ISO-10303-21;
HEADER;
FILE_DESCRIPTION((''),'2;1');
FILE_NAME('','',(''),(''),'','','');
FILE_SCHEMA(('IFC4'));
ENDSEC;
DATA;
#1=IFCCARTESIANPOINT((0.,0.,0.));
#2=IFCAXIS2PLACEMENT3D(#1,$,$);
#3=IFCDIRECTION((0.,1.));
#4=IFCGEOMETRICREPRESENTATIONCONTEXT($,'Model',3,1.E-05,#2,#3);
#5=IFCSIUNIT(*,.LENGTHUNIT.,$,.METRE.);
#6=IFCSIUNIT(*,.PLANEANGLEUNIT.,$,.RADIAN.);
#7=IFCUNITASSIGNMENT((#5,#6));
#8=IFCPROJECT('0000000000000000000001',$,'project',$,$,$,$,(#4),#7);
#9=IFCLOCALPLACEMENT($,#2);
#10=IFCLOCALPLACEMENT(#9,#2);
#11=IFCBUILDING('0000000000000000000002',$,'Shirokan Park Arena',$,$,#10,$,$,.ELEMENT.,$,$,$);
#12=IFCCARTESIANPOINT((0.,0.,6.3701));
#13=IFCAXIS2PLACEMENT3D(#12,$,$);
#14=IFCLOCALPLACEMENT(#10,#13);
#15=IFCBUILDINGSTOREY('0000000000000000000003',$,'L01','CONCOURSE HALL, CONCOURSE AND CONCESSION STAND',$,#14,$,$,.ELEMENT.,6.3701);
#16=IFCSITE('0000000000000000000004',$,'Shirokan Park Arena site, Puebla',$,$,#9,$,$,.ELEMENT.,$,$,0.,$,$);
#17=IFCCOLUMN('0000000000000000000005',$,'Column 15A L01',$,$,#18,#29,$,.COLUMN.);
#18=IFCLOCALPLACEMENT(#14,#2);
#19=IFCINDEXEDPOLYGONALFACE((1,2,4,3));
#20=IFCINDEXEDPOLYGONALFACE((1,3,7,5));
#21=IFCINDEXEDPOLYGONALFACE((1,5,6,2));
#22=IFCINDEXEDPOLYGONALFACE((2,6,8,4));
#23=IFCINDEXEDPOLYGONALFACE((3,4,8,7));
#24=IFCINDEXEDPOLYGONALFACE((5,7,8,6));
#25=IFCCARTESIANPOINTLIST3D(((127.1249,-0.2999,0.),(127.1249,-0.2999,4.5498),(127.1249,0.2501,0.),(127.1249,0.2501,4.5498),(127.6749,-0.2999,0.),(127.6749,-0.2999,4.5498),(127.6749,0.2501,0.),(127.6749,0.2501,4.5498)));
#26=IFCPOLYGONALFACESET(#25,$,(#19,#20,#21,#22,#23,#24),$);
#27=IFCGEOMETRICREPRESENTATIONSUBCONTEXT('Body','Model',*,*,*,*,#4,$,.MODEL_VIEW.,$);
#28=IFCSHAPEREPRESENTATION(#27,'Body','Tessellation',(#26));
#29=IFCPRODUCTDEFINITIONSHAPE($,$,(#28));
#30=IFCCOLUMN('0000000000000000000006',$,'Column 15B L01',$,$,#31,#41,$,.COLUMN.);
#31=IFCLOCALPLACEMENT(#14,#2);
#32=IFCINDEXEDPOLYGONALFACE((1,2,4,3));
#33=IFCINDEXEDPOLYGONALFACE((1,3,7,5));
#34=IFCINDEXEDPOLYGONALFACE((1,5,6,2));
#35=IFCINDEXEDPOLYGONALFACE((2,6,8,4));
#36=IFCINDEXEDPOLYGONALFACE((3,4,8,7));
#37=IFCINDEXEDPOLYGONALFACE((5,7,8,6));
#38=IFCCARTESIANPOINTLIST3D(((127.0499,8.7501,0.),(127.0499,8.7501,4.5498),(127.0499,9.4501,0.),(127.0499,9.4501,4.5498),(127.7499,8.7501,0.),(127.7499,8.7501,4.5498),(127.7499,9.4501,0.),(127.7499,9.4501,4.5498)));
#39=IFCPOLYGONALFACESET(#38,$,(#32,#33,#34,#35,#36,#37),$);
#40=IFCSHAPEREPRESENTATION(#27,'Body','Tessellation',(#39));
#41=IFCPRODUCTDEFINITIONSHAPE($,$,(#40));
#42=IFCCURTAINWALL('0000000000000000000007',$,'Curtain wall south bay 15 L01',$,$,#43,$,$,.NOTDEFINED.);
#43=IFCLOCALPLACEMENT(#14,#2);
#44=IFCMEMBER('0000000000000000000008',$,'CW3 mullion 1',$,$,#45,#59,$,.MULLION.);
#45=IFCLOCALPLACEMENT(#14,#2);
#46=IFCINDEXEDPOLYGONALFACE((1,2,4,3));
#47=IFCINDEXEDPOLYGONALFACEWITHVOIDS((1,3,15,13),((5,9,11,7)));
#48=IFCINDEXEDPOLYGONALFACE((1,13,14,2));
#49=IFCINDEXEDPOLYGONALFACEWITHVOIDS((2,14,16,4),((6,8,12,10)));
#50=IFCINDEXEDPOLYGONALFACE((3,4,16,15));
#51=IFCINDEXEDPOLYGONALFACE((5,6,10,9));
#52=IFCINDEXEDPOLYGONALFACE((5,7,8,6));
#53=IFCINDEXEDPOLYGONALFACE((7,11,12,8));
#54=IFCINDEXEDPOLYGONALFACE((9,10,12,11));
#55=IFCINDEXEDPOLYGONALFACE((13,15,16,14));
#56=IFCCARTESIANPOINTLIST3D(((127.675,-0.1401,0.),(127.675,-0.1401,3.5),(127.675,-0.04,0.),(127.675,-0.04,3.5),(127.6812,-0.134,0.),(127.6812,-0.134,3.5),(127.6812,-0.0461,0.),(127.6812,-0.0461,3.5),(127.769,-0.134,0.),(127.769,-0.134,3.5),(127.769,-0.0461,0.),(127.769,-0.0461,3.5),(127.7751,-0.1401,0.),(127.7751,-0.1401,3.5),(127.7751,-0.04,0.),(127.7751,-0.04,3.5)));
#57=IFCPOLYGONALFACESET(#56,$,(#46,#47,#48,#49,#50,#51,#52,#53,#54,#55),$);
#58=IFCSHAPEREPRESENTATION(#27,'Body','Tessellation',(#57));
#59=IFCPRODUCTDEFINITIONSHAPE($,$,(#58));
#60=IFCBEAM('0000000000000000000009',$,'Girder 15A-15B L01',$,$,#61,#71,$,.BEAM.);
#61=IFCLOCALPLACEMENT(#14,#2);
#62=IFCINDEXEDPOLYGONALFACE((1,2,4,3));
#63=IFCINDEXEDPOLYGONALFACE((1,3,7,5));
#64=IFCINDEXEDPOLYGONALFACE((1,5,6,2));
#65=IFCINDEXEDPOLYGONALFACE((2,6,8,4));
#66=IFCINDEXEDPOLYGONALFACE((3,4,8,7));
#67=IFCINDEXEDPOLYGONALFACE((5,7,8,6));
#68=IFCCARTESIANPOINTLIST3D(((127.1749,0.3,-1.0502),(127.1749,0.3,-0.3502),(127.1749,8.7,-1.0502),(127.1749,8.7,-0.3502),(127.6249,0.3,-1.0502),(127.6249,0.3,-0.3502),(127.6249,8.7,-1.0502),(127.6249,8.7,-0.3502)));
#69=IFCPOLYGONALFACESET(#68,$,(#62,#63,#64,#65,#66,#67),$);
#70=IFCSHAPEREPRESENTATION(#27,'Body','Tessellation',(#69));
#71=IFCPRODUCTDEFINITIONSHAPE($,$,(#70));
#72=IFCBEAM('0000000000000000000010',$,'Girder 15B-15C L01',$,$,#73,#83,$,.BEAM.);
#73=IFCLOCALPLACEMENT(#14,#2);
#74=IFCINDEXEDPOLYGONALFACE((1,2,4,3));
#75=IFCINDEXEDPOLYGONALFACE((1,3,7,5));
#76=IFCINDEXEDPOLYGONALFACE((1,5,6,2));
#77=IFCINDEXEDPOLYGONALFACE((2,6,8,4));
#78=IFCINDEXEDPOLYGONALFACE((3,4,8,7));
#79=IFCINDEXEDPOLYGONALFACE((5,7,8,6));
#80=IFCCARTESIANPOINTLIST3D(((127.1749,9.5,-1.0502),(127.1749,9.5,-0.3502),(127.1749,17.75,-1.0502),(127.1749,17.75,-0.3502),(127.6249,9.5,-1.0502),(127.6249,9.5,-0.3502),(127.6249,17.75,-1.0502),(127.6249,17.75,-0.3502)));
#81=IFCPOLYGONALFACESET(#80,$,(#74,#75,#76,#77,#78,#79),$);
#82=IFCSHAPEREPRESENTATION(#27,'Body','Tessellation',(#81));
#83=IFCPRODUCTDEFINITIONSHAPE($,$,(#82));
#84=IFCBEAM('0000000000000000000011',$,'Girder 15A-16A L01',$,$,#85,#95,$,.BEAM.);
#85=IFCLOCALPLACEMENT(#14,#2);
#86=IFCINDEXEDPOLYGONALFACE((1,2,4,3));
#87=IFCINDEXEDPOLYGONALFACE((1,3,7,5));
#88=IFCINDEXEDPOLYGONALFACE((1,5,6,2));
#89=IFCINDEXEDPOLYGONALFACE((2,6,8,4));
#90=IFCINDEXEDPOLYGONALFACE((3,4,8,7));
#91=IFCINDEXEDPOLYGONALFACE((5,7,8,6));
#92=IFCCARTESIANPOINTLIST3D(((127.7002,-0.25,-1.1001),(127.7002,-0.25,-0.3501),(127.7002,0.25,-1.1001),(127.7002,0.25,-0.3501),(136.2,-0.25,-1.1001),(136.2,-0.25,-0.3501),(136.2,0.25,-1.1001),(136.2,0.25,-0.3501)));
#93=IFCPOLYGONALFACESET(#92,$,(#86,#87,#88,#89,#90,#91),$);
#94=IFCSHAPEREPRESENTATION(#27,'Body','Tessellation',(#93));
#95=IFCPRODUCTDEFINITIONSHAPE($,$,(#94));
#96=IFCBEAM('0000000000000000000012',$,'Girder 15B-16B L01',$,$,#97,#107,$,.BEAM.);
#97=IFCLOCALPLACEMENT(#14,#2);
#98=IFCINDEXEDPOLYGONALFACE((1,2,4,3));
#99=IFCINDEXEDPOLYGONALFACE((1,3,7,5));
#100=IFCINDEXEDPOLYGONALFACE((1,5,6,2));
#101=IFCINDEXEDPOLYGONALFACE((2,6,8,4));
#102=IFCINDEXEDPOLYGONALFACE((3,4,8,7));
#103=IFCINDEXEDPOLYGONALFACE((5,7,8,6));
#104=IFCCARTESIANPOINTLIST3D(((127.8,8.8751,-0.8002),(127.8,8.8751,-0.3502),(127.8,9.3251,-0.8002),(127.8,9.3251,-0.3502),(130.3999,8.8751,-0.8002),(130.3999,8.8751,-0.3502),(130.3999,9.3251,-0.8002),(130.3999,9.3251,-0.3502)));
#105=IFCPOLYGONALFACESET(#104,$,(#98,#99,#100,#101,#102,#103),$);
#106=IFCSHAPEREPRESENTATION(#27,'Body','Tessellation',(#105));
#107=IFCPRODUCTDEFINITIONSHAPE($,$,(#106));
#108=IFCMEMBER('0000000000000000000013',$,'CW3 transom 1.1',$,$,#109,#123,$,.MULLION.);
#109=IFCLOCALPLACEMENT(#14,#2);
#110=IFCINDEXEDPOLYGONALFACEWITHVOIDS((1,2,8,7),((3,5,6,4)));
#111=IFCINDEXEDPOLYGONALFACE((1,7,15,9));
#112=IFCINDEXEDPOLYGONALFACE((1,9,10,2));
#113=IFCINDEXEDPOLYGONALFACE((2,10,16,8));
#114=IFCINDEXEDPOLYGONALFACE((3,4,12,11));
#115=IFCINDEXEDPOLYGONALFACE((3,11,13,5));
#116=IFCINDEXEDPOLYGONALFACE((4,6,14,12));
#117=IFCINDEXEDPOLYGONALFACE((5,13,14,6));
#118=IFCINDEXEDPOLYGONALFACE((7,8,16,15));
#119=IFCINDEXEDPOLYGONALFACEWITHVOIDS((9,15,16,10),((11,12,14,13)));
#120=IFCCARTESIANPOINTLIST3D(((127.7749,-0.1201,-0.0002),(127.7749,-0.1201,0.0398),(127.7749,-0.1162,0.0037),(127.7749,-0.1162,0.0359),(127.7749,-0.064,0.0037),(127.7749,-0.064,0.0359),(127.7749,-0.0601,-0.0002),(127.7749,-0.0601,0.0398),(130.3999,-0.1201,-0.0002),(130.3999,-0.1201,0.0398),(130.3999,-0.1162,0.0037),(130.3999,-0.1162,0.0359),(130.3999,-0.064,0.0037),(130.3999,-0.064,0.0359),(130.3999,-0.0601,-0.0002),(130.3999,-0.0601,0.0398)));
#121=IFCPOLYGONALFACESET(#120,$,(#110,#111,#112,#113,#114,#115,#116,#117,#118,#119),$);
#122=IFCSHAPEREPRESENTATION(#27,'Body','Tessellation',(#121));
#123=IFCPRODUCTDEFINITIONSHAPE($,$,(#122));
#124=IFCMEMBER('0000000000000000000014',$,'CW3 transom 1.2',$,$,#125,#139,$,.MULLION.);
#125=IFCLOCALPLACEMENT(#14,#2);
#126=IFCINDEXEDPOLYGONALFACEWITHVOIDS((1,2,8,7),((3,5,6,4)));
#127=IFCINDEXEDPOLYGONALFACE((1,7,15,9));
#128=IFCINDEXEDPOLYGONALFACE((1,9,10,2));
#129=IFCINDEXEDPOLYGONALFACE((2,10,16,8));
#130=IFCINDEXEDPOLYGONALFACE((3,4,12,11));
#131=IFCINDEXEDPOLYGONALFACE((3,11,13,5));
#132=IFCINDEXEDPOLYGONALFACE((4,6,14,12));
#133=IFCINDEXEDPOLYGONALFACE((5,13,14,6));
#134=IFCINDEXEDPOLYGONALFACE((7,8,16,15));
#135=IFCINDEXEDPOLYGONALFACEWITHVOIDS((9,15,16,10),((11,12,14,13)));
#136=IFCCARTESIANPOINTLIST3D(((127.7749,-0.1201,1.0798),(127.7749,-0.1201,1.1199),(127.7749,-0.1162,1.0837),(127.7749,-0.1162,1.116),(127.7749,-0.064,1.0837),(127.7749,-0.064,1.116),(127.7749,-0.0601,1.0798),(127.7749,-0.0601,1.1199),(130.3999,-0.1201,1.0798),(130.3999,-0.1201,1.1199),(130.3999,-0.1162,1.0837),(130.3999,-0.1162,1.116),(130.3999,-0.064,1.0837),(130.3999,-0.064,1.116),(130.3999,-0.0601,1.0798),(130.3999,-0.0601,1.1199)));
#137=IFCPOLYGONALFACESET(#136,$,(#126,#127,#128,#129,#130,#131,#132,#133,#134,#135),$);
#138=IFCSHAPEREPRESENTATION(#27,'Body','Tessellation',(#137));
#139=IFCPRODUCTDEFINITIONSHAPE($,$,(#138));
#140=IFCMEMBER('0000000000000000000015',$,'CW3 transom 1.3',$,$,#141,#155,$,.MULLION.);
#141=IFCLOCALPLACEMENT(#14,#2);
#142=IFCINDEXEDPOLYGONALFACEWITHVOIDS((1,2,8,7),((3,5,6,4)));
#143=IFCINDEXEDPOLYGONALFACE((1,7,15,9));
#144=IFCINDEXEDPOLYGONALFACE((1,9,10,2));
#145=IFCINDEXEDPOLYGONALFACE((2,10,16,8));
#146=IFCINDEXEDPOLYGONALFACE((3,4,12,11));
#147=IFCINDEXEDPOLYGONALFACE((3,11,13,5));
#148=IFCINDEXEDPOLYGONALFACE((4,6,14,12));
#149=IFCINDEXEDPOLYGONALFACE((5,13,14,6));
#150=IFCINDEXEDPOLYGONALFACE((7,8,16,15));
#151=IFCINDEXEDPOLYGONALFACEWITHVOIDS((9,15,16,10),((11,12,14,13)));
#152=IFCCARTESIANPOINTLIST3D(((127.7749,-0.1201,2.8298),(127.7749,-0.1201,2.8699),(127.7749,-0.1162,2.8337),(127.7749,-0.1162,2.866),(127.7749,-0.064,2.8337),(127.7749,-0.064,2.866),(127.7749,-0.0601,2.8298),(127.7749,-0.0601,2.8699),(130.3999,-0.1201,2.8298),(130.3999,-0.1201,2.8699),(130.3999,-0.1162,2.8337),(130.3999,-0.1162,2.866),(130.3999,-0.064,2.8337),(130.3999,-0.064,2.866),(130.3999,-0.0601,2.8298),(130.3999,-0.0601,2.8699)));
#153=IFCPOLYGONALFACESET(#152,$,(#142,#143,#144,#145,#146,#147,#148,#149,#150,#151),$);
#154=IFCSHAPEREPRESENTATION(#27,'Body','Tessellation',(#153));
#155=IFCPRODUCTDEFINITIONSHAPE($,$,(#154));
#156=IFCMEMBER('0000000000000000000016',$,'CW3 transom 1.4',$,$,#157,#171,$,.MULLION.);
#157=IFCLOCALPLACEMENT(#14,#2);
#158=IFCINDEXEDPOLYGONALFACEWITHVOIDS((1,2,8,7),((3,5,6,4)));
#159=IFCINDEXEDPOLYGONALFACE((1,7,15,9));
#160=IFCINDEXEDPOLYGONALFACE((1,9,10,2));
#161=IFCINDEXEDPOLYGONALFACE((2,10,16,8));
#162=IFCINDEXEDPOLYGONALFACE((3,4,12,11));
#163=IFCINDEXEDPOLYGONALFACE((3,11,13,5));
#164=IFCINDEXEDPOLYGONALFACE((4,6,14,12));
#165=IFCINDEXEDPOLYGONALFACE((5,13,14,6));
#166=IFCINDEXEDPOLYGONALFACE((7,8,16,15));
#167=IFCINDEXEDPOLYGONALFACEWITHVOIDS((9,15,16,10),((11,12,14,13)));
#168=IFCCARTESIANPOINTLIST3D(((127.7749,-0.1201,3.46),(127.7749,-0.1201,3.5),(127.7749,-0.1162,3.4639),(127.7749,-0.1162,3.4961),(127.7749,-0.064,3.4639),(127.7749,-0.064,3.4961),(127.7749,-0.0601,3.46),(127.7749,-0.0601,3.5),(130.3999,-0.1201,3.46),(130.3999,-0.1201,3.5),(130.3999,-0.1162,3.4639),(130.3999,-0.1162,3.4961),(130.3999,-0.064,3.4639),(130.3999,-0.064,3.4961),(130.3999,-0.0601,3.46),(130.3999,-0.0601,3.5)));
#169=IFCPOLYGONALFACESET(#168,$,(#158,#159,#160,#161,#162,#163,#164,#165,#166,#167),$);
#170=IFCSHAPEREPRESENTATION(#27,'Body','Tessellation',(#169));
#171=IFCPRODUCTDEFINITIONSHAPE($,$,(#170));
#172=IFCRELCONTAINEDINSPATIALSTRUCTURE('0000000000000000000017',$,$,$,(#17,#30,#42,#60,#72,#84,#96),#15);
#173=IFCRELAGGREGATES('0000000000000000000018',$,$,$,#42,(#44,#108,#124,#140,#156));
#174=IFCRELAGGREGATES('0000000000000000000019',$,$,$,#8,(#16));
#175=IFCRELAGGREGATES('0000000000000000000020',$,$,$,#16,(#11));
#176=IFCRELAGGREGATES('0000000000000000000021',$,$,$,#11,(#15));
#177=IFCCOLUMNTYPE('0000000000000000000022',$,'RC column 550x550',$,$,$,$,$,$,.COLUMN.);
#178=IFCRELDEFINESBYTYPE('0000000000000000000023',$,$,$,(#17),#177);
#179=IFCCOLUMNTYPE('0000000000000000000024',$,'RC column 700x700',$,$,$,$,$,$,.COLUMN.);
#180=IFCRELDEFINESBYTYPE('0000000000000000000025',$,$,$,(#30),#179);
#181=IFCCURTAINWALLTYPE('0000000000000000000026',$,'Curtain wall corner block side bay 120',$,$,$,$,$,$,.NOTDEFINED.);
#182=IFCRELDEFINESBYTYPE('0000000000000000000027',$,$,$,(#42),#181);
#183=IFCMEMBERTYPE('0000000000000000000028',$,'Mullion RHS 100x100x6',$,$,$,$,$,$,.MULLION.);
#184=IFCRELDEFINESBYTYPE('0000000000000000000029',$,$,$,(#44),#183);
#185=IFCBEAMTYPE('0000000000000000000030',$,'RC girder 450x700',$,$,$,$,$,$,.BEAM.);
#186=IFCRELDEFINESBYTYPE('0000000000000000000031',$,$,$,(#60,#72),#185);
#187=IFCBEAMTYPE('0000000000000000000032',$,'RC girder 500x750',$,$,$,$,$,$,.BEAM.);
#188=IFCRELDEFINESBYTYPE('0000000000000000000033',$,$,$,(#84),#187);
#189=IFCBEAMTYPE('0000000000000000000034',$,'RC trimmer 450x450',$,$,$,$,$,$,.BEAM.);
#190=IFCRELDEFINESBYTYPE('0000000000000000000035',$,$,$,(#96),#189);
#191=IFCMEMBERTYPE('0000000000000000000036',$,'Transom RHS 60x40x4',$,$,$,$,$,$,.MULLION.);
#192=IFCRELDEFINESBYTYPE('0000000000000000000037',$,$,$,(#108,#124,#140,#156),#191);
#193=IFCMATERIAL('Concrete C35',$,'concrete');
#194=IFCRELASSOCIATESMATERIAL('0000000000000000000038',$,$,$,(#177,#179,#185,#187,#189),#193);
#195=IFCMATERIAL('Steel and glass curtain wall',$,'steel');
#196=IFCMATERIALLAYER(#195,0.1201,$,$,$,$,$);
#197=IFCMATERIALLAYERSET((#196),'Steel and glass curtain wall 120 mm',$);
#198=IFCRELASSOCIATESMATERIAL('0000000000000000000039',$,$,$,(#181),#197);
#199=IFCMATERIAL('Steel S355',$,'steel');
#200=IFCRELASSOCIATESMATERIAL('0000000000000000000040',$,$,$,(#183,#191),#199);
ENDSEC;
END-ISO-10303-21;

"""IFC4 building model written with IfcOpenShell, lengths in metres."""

from ifc_helpers import new_model, si_unit, direction, frame, origin, origin_2d, place, context, subcontext, project, spatial, rectangle, hollow_rectangle, extrude, material, layer, layer_set, material_profile, profile_set, type_object, element, aggregate, save


model = new_model("IFC4")

# Units and contexts
model_context = context("Model", 3, precision=1e-05, world=origin(), true_north=direction((0.0, 1.0)))
body_context = subcontext(model_context, "Body", "Model", "MODEL_VIEW")
ifc_project = project(units=[si_unit("LENGTHUNIT", "METRE"), si_unit("PLANEANGLEUNIT", "RADIAN")], contexts=[model_context])

# Site, building, storey
site_placement = place(None, origin())
site = spatial("IfcSite", under=ifc_project, at=site_placement, Name="Shirokan Park Arena site, Puebla", CompositionType="ELEMENT", RefElevation=0.0)
building_placement = place(site_placement, origin())
building = spatial("IfcBuilding", under=site, at=building_placement, Name="Shirokan Park Arena", CompositionType="ELEMENT")
storey_placement = place(building_placement, frame((0.0, 0.0, 6.3701)))
storey = spatial("IfcBuildingStorey", under=building, at=storey_placement, Name="L01", Description="CONCOURSE HALL, CONCOURSE AND CONCESSION STAND", CompositionType="ELEMENT", Elevation=6.3701)

# Columns
ifc_material_1 = material(Name="Concrete C35", Category="concrete")
ifc_material_profile_1 = material_profile(ifc_material_1, rectangle(XDim=0.55, YDim=0.55, at=origin_2d()), Name="550x550")
ifc_profile_set_1 = profile_set([ifc_material_profile_1], Name="Concrete C35")
column_type_1 = type_object("IfcColumnType", Name="RC column 550x550", PredefinedType="COLUMN", material=ifc_profile_set_1)
column_1_placement = place(storey_placement, frame((127.3999, -0.0249, 0.0), z_axis=(0.0, 0.0, 1.0), x_axis=(1.0, 0.0, 0.0)))
element("IfcColumn", 1, at=column_1_placement, inside=storey, type_object=column_type_1, Name="Column 15A L01", PredefinedType="COLUMN", context=body_context, shape_type="SweptSolid", body=[
    extrude(rectangle(XDim=0.55, YDim=0.55, at=origin_2d()), origin(), (0.0, 0.0, 1.0), 4.5498),
])
ifc_material_profile_2 = material_profile(ifc_material_1, rectangle(XDim=0.7, YDim=0.7, at=origin_2d()), Name="700x700")
ifc_profile_set_2 = profile_set([ifc_material_profile_2], Name="Concrete C35")
column_type_2 = type_object("IfcColumnType", Name="RC column 700x700", PredefinedType="COLUMN", material=ifc_profile_set_2)
column_2_placement = place(storey_placement, frame((127.3999, 9.1001, 0.0), z_axis=(0.0, 0.0, 1.0), x_axis=(1.0, 0.0, 0.0)))
element("IfcColumn", 2, at=column_2_placement, inside=storey, type_object=column_type_2, Name="Column 15B L01", PredefinedType="COLUMN", context=body_context, shape_type="SweptSolid", body=[
    extrude(rectangle(XDim=0.7, YDim=0.7, at=origin_2d()), origin(), (0.0, 0.0, 1.0), 4.5498),
])

# Curtain wall, member
ifc_material_2 = material(Name="Steel and glass curtain wall", Category="steel")
ifc_layer_1 = layer(ifc_material_2, 0.1201)
ifc_layer_set_1 = layer_set([ifc_layer_1], Name="Steel and glass curtain wall 120 mm")
curtain_wall_type = type_object("IfcCurtainWallType", Name="Curtain wall corner block side bay 120", PredefinedType="NOTDEFINED", material=ifc_layer_set_1)
curtain_wall_placement = place(storey_placement, origin())
curtain_wall = element("IfcCurtainWall", 3, at=curtain_wall_placement, inside=storey, type_object=curtain_wall_type, Name="Curtain wall south bay 15 L01", PredefinedType="NOTDEFINED")
ifc_material_3 = material(Name="Steel S355", Category="steel")
ifc_material_profile_3 = material_profile(ifc_material_3, hollow_rectangle(XDim=0.1001, YDim=0.1001, WallThickness=0.0061, at=origin_2d()), Name="RHS 100x100x6")
ifc_profile_set_3 = profile_set([ifc_material_profile_3], Name="Steel S355")
member_type_1 = type_object("IfcMemberType", Name="Mullion RHS 100x100x6", PredefinedType="MULLION", material=ifc_profile_set_3)
member_1_placement = place(storey_placement, frame((127.7251, -0.0901, 0.0), z_axis=(0.0, 0.0, 1.0), x_axis=(0.0, 1.0, 0.0)))
member_1 = element("IfcMember", 4, at=member_1_placement, type_object=member_type_1, Name="CW3 mullion 1", PredefinedType="MULLION", context=body_context, shape_type="SweptSolid", body=[
    extrude(hollow_rectangle(XDim=0.1001, YDim=0.1001, WallThickness=0.0061, at=origin_2d()), origin(), (0.0, 0.0, 1.0), 3.5),
])

# Beams
ifc_material_profile_4 = material_profile(ifc_material_1, rectangle(XDim=0.45, YDim=0.7, at=origin_2d()), Name="450x700")
ifc_profile_set_4 = profile_set([ifc_material_profile_4], Name="Concrete C35")
beam_type_1 = type_object("IfcBeamType", Name="RC girder 450x700", PredefinedType="BEAM", material=ifc_profile_set_4)
beam_1_placement = place(storey_placement, frame((127.3999, 0.3, -0.7002), z_axis=(0.0, 1.0, 0.0), x_axis=(-1.0, 0.0, 0.0)))
element("IfcBeam", 5, at=beam_1_placement, inside=storey, type_object=beam_type_1, Name="Girder 15A-15B L01", PredefinedType="BEAM", context=body_context, shape_type="SweptSolid", body=[
    extrude(rectangle(XDim=0.45, YDim=0.7, at=origin_2d()), origin(), (0.0, 0.0, 1.0), 8.3999),
])
beam_2_placement = place(storey_placement, frame((127.3999, 9.5, -0.7002), z_axis=(0.0, 1.0, 0.0), x_axis=(-1.0, 0.0, 0.0)))
element("IfcBeam", 6, at=beam_2_placement, inside=storey, type_object=beam_type_1, Name="Girder 15B-15C L01", PredefinedType="BEAM", context=body_context, shape_type="SweptSolid", body=[
    extrude(rectangle(XDim=0.45, YDim=0.7, at=origin_2d()), origin(), (0.0, 0.0, 1.0), 8.25),
])
ifc_material_profile_5 = material_profile(ifc_material_1, rectangle(XDim=0.5, YDim=0.75, at=origin_2d()), Name="500x750")
ifc_profile_set_5 = profile_set([ifc_material_profile_5], Name="Concrete C35")
beam_type_2 = type_object("IfcBeamType", Name="RC girder 500x750", PredefinedType="BEAM", material=ifc_profile_set_5)
beam_3_placement = place(storey_placement, frame((127.7002, 0.0, -0.7251), z_axis=(1.0, 0.0, 0.0), x_axis=(0.0, 1.0, 0.0)))
element("IfcBeam", 7, at=beam_3_placement, inside=storey, type_object=beam_type_2, Name="Girder 15A-16A L01", PredefinedType="BEAM", context=body_context, shape_type="SweptSolid", body=[
    extrude(rectangle(XDim=0.5, YDim=0.75, at=origin_2d()), origin(), (0.0, 0.0, 1.0), 8.4998),
])
ifc_material_profile_6 = material_profile(ifc_material_1, rectangle(XDim=0.45, YDim=0.45, at=origin_2d()), Name="450x450")
ifc_profile_set_6 = profile_set([ifc_material_profile_6], Name="Concrete C35")
beam_type_3 = type_object("IfcBeamType", Name="RC trimmer 450x450", PredefinedType="BEAM", material=ifc_profile_set_6)
beam_4_placement = place(storey_placement, frame((127.8, 9.1001, -0.5752), z_axis=(1.0, 0.0, 0.0), x_axis=(0.0, 1.0, 0.0)))
element("IfcBeam", 8, at=beam_4_placement, inside=storey, type_object=beam_type_3, Name="Girder 15B-16B L01", PredefinedType="BEAM", context=body_context, shape_type="SweptSolid", body=[
    extrude(rectangle(XDim=0.45, YDim=0.45, at=origin_2d()), origin(), (0.0, 0.0, 1.0), 2.5999),
])

# Members
ifc_material_profile_7 = material_profile(ifc_material_3, hollow_rectangle(XDim=0.0601, YDim=0.04, WallThickness=0.0039, at=origin_2d()), Name="RHS 60x40x4")
ifc_profile_set_7 = profile_set([ifc_material_profile_7], Name="Steel S355")
member_type_2 = type_object("IfcMemberType", Name="Transom RHS 60x40x4", PredefinedType="MULLION", material=ifc_profile_set_7)
member_2_placement = place(storey_placement, frame((127.7749, -0.0901, 0.0198), z_axis=(1.0, 0.0, 0.0), x_axis=(0.0, 1.0, 0.0)))
member_2 = element("IfcMember", 9, at=member_2_placement, type_object=member_type_2, Name="CW3 transom 1.1", PredefinedType="MULLION", context=body_context, shape_type="SweptSolid", body=[
    extrude(hollow_rectangle(XDim=0.0601, YDim=0.04, WallThickness=0.0039, at=origin_2d()), origin(), (0.0, 0.0, 1.0), 2.625),
])
member_3_placement = place(storey_placement, frame((127.7749, -0.0901, 1.0999), z_axis=(1.0, 0.0, 0.0), x_axis=(0.0, 1.0, 0.0)))
member_3 = element("IfcMember", 10, at=member_3_placement, type_object=member_type_2, Name="CW3 transom 1.2", PredefinedType="MULLION", context=body_context, shape_type="SweptSolid", body=[
    extrude(hollow_rectangle(XDim=0.0601, YDim=0.04, WallThickness=0.0039, at=origin_2d()), origin(), (0.0, 0.0, 1.0), 2.625),
])
member_4_placement = place(storey_placement, frame((127.7749, -0.0901, 2.8499), z_axis=(1.0, 0.0, 0.0), x_axis=(0.0, 1.0, 0.0)))
member_4 = element("IfcMember", 11, at=member_4_placement, type_object=member_type_2, Name="CW3 transom 1.3", PredefinedType="MULLION", context=body_context, shape_type="SweptSolid", body=[
    extrude(hollow_rectangle(XDim=0.0601, YDim=0.04, WallThickness=0.0039, at=origin_2d()), origin(), (0.0, 0.0, 1.0), 2.625),
])
member_5_placement = place(storey_placement, frame((127.7749, -0.0901, 3.48), z_axis=(1.0, 0.0, 0.0), x_axis=(0.0, 1.0, 0.0)))
member_5 = element("IfcMember", 12, at=member_5_placement, type_object=member_type_2, Name="CW3 transom 1.4", PredefinedType="MULLION", context=body_context, shape_type="SweptSolid", body=[
    extrude(hollow_rectangle(XDim=0.0601, YDim=0.04, WallThickness=0.0039, at=origin_2d()), origin(), (0.0, 0.0, 1.0), 2.625),
])

aggregate(curtain_wall, [member_1, member_2, member_3, member_4, member_5])

save(model, "model.ifc")
